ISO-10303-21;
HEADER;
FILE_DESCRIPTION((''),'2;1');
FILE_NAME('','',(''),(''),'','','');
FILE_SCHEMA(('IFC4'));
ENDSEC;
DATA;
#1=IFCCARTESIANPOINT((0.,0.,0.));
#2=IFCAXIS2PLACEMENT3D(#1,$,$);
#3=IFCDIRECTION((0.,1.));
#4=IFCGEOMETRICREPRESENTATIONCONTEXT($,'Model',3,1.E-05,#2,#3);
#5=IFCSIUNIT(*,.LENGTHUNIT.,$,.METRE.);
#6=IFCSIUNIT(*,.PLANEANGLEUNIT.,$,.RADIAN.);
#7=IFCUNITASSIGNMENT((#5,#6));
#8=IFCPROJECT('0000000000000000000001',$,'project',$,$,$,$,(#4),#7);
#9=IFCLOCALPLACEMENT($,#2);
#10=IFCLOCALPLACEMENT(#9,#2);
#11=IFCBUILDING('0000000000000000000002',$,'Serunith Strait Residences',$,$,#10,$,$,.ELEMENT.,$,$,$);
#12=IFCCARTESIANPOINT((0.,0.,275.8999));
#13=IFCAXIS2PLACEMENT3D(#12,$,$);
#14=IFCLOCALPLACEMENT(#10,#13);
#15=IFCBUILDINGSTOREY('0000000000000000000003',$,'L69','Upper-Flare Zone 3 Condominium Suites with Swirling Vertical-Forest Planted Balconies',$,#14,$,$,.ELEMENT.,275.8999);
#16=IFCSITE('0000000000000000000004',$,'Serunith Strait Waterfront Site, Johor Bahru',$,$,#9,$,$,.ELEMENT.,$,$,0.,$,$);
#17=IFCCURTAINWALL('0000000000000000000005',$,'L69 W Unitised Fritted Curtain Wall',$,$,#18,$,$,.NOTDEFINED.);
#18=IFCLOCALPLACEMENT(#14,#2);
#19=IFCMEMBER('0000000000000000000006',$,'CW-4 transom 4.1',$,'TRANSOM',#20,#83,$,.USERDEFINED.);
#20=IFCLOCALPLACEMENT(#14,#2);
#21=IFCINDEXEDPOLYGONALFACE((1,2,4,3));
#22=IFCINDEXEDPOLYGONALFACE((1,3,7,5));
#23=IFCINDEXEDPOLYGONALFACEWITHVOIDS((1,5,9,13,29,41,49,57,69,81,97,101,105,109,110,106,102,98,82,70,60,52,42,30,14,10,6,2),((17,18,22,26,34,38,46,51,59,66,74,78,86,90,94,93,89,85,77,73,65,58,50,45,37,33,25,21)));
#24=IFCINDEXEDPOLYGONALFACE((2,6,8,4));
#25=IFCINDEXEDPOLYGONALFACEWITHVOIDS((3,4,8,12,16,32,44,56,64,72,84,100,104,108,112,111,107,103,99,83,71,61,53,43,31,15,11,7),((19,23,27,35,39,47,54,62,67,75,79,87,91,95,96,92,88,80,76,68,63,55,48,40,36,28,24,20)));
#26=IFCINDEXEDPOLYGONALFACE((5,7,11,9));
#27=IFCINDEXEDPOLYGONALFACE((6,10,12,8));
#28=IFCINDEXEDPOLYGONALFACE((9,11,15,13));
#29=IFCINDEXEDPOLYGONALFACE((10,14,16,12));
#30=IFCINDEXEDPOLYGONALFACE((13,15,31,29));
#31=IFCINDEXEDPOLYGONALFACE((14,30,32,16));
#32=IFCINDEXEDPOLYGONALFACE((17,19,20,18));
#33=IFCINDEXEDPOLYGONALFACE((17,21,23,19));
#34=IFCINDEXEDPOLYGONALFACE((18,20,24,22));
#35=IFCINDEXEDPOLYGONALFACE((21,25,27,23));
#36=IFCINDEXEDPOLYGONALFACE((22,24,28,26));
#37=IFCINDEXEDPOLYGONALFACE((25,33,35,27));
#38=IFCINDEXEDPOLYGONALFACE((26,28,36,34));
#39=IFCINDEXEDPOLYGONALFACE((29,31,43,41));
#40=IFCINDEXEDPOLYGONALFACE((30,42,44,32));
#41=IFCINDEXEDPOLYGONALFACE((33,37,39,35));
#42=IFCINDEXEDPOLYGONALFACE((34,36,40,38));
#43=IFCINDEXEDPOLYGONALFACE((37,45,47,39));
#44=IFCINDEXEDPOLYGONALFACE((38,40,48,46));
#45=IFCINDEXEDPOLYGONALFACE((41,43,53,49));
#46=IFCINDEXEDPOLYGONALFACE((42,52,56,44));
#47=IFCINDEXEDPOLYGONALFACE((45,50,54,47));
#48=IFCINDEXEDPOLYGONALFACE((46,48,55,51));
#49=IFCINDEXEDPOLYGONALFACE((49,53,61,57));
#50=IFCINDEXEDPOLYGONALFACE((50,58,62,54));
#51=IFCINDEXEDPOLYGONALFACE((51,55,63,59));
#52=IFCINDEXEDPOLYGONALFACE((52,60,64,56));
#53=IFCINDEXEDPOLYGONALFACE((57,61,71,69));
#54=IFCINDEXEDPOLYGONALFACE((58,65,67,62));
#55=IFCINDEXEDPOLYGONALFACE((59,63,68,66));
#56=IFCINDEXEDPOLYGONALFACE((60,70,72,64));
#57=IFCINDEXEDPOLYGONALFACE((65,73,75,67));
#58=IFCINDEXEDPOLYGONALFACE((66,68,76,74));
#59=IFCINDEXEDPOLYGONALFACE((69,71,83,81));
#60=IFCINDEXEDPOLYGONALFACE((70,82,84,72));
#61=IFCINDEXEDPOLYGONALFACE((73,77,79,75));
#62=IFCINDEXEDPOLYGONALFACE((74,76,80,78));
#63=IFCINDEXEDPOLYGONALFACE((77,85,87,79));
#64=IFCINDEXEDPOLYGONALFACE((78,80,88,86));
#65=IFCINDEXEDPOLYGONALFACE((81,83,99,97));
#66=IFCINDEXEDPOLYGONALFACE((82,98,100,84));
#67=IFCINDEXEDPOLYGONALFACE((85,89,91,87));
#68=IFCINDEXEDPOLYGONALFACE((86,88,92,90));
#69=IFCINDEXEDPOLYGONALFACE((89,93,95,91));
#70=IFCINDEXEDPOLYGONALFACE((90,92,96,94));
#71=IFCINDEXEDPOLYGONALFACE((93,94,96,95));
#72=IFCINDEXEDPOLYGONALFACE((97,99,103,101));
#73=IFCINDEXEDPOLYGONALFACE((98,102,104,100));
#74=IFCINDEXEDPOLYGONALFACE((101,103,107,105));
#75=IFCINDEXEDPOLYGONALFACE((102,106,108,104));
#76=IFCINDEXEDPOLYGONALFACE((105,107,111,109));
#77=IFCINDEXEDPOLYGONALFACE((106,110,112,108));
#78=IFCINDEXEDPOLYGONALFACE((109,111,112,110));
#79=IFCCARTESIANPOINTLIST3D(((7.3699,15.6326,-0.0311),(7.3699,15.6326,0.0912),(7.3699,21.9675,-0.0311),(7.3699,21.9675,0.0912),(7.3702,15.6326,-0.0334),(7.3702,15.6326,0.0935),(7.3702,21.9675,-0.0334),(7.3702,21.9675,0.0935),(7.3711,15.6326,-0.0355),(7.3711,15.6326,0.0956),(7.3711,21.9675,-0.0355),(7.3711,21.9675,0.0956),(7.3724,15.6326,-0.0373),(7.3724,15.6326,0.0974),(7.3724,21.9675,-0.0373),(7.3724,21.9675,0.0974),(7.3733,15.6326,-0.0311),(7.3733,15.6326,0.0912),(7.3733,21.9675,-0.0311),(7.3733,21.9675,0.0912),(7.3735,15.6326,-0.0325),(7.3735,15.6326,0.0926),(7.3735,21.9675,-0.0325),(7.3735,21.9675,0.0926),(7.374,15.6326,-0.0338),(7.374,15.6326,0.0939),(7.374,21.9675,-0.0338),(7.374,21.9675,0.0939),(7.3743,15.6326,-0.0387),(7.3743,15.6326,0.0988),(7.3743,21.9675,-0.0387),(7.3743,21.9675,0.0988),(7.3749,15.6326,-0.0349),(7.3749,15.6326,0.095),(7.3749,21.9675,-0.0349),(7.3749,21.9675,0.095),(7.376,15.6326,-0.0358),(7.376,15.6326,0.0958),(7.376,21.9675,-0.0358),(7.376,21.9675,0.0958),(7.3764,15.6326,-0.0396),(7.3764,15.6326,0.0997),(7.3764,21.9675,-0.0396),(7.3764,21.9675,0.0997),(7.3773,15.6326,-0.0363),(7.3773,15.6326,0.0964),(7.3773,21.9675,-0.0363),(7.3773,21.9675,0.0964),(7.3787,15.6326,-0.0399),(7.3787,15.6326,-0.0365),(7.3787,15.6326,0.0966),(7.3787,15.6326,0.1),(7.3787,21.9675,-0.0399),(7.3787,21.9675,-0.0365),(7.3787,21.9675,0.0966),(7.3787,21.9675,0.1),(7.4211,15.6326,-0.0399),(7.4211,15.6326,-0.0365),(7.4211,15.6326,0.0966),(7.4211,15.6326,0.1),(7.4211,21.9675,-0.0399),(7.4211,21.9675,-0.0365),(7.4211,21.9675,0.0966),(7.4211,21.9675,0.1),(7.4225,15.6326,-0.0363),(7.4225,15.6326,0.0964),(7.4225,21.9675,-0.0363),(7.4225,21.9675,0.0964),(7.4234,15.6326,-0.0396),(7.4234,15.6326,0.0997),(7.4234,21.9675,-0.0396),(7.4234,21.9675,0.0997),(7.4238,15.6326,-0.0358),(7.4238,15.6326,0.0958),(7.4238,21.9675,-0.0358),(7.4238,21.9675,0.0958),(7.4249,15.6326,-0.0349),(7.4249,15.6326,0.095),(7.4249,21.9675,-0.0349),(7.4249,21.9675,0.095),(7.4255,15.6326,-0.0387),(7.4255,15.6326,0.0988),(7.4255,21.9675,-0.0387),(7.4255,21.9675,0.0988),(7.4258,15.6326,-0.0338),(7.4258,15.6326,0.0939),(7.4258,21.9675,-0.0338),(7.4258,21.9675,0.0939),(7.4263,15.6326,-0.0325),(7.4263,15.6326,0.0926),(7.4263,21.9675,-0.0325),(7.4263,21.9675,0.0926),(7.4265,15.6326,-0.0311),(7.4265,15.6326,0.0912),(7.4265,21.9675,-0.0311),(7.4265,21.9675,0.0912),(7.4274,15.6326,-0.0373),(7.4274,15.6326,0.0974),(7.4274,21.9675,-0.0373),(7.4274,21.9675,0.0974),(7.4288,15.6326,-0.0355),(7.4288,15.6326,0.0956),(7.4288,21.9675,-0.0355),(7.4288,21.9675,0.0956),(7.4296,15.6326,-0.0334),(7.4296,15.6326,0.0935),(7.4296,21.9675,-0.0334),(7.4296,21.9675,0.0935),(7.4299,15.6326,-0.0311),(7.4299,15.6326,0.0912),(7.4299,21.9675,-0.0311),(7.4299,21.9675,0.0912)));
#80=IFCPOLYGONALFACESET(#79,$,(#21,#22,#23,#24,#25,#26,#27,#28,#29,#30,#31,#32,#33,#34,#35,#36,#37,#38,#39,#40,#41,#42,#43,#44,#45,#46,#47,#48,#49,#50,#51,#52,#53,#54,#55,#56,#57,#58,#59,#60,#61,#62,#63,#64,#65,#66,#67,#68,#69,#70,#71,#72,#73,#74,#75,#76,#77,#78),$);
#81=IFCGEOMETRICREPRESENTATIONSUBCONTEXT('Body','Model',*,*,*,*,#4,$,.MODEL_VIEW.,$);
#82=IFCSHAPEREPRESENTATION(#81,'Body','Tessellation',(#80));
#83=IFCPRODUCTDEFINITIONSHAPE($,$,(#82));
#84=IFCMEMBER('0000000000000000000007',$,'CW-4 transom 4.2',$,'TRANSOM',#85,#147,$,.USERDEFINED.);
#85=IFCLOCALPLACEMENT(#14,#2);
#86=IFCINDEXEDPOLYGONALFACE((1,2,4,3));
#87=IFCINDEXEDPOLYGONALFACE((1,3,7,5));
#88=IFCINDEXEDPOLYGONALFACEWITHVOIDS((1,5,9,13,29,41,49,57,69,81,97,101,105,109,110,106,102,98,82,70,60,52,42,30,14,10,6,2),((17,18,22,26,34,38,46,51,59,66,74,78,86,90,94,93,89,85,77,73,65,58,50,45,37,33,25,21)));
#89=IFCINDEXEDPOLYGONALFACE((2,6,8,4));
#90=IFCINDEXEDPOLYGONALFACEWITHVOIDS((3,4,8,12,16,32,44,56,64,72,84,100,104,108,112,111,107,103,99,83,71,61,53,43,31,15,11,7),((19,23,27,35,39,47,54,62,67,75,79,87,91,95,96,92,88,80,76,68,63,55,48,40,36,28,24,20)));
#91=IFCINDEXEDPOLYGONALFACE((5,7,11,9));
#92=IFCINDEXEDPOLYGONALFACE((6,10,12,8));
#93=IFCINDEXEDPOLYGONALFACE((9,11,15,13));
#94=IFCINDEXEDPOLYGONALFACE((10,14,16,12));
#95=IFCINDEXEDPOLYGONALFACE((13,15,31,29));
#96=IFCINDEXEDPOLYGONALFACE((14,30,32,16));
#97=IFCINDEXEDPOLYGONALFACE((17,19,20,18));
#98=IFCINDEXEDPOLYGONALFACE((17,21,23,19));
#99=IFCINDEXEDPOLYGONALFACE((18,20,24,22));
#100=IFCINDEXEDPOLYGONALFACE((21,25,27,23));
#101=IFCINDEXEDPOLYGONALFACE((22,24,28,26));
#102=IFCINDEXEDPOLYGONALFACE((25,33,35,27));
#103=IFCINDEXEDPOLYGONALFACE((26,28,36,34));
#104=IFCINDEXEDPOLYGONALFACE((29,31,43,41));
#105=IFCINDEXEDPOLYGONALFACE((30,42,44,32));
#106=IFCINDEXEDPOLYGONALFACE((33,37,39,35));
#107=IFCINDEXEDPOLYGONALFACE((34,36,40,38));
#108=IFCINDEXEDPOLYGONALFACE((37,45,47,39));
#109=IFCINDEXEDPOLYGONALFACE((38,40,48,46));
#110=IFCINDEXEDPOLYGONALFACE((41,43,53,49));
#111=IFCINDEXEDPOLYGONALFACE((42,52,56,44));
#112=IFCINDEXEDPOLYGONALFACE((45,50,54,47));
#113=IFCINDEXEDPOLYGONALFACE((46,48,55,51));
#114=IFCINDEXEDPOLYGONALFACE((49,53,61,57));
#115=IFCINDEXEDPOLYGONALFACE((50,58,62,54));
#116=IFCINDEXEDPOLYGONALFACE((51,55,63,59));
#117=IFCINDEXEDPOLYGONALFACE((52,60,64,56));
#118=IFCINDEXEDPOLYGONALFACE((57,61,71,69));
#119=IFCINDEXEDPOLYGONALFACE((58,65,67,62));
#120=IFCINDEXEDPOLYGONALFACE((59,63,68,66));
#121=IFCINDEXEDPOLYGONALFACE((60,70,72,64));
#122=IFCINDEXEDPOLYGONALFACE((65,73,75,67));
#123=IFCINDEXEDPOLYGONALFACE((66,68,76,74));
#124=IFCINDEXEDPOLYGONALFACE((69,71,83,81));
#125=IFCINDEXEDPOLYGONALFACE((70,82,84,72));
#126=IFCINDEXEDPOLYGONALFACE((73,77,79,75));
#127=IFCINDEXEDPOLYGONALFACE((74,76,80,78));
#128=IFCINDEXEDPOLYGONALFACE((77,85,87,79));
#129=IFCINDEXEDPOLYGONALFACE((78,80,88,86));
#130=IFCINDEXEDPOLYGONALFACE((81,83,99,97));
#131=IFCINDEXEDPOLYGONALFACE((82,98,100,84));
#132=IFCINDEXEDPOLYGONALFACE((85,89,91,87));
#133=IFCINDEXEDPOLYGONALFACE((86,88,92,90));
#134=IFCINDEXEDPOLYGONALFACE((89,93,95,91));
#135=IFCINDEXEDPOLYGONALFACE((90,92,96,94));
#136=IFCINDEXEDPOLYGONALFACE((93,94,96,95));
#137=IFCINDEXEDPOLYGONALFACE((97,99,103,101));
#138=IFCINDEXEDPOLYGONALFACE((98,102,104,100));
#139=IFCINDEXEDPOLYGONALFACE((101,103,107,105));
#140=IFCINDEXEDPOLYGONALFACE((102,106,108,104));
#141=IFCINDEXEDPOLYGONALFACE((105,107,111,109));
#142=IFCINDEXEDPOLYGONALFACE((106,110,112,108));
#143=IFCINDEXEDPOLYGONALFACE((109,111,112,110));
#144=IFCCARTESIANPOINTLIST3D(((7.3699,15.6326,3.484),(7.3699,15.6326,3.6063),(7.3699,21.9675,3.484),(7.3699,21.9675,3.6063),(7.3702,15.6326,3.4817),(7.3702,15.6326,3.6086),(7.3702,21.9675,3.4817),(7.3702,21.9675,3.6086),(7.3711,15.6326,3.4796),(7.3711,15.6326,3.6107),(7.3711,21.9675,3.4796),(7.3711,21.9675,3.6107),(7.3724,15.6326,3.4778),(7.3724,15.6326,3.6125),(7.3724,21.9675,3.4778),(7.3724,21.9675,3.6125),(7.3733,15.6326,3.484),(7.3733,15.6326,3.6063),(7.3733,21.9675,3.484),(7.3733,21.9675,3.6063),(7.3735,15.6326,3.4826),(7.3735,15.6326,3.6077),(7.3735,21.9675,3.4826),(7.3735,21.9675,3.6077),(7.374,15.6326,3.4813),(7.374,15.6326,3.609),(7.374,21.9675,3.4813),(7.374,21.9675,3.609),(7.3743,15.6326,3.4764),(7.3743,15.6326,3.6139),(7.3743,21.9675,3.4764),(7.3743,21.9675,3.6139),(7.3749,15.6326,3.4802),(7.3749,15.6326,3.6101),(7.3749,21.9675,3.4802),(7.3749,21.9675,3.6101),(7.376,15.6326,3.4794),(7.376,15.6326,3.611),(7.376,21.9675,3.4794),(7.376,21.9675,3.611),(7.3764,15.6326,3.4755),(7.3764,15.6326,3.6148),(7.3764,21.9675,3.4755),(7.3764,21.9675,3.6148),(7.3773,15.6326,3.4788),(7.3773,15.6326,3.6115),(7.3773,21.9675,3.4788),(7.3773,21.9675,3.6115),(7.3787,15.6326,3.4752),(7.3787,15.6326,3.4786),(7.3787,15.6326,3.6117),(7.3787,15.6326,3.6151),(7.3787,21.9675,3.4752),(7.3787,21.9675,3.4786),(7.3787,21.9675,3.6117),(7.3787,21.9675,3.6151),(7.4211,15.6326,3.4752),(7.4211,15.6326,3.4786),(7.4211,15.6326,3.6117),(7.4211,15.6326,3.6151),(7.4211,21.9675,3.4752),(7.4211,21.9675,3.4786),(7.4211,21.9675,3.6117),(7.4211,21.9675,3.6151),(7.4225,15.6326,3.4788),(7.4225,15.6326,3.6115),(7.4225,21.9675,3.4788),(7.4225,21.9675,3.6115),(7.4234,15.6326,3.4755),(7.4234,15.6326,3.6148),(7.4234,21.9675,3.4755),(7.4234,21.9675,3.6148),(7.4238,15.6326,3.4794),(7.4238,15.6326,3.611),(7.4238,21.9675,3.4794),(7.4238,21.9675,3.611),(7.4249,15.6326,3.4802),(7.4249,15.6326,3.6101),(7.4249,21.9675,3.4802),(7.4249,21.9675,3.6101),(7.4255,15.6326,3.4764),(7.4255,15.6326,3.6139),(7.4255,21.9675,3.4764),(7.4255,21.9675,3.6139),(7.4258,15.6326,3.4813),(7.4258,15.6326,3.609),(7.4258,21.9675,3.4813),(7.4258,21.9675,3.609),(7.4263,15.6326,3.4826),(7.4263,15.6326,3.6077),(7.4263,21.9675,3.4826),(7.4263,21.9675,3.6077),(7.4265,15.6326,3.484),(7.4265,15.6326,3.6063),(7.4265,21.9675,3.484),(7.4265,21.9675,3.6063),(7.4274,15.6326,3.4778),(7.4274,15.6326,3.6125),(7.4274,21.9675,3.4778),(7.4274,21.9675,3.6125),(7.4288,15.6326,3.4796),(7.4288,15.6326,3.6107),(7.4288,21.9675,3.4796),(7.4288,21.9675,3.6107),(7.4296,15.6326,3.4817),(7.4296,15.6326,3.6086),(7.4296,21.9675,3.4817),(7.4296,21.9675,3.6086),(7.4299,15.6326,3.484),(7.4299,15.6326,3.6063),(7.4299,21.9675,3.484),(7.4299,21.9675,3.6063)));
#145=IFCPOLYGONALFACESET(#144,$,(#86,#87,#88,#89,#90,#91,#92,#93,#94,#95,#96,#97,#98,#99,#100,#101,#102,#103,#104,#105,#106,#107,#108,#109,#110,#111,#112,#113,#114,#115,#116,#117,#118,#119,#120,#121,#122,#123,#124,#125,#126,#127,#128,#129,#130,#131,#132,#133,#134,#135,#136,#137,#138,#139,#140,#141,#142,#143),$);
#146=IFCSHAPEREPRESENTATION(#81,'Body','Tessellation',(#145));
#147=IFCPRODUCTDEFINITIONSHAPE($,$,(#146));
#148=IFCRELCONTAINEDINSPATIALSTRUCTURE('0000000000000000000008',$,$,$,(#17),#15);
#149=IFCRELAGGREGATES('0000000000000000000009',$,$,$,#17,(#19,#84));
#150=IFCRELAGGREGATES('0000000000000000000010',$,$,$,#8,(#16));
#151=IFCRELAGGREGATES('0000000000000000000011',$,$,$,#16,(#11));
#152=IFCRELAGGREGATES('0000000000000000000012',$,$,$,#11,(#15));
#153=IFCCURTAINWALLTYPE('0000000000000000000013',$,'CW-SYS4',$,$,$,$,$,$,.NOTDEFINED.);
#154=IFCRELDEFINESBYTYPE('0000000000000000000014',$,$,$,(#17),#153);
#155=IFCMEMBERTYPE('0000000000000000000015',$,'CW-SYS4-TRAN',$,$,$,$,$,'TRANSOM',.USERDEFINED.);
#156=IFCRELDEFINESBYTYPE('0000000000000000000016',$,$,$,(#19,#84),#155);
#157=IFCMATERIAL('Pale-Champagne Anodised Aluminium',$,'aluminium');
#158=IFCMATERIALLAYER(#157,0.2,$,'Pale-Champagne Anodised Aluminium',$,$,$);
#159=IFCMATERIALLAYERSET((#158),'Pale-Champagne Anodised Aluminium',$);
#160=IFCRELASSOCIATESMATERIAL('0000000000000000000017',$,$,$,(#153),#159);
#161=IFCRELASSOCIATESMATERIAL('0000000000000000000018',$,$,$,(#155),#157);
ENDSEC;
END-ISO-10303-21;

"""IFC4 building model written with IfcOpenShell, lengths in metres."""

from ifc_helpers import new_model, si_unit, direction, frame, origin, origin_2d, place, context, subcontext, project, spatial, hollow_rectangle, extrude, source, transform, mapped, material, layer, layer_set, material_profile, profile_set, type_object, element, aggregate, save


model = new_model("IFC4")

# Units and contexts
model_context = context("Model", 3, precision=1e-05, world=origin(), true_north=direction((0.0, 1.0)))
body_context = subcontext(model_context, "Body", "Model", "MODEL_VIEW")
ifc_project = project(units=[si_unit("LENGTHUNIT", "METRE"), si_unit("PLANEANGLEUNIT", "RADIAN")], contexts=[model_context])

# Site, building, storey
site_placement = place(None, origin())
site = spatial("IfcSite", under=ifc_project, at=site_placement, Name="Serunith Strait Waterfront Site, Johor Bahru", CompositionType="ELEMENT", RefElevation=0.0)
building_placement = place(site_placement, origin())
building = spatial("IfcBuilding", under=site, at=building_placement, Name="Serunith Strait Residences", CompositionType="ELEMENT")
storey_placement = place(building_placement, frame((0.0, 0.0, 275.8999)))
storey = spatial("IfcBuildingStorey", under=building, at=storey_placement, Name="L69", Description="Upper-Flare Zone 3 Condominium Suites with Swirling Vertical-Forest Planted Balconies", CompositionType="ELEMENT", Elevation=275.8999)

# Curtain wall, members
ifc_material_1 = material(Name="Pale-Champagne Anodised Aluminium", Category="aluminium")
ifc_layer_1 = layer(ifc_material_1, 0.2, Name="Pale-Champagne Anodised Aluminium")
ifc_layer_set_1 = layer_set([ifc_layer_1], Name="Pale-Champagne Anodised Aluminium")
curtain_wall_type = type_object("IfcCurtainWallType", Name="CW-SYS4", PredefinedType="NOTDEFINED", material=ifc_layer_set_1)
curtain_wall_placement = place(storey_placement, origin())
curtain_wall = element("IfcCurtainWall", 1, at=curtain_wall_placement, inside=storey, type_object=curtain_wall_type, Name="L69 W Unitised Fritted Curtain Wall", PredefinedType="NOTDEFINED")
ifc_material_profile_1 = material_profile(ifc_material_1, hollow_rectangle(XDim=0.0601, YDim=0.1399, WallThickness=0.0034, InnerFilletRadius=0.0054, OuterFilletRadius=0.0088, at=origin_2d()), Name="ALU 140x60x3.5")
ifc_profile_set_1 = profile_set([ifc_material_profile_1], Name="Pale-Champagne Anodised Aluminium")
member_type_1 = type_object("IfcMemberType", Name="CW-SYS4-TRAN", ElementType="TRANSOM", PredefinedType="USERDEFINED", material=ifc_profile_set_1)
shared_shape_1 = source(origin(), body_context, "Body", "SweptSolid", [
    extrude(hollow_rectangle(XDim=0.0601, YDim=0.1399, WallThickness=0.0034, InnerFilletRadius=0.0054, OuterFilletRadius=0.0088, at=origin_2d()), origin(), (0.0, 0.0, 1.0), 6.335),
])
member_1_placement = place(storey_placement, frame((7.3999, 21.9675, 0.03), z_axis=(0.0, -1.0, 0.0), x_axis=(1.0, 0.0, 0.0)))
member_1 = element("IfcMember", 2, at=member_1_placement, type_object=member_type_1, Name="CW-4 transom 4.1", ObjectType="TRANSOM", PredefinedType="USERDEFINED", context=body_context, shape_type="MappedRepresentation", body=[
    mapped(shared_shape_1, transform((0.0, 0.0, 0.0), scale=1.0)),
])
member_2_placement = place(storey_placement, frame((7.3999, 21.9675, 3.5452), z_axis=(0.0, -1.0, 0.0), x_axis=(1.0, 0.0, 0.0)))
member_2 = element("IfcMember", 3, at=member_2_placement, type_object=member_type_1, Name="CW-4 transom 4.2", ObjectType="TRANSOM", PredefinedType="USERDEFINED", context=body_context, shape_type="MappedRepresentation", body=[
    mapped(shared_shape_1, transform((0.0, 0.0, 0.0), scale=1.0)),
])
aggregate(curtain_wall, [member_1, member_2])

save(model, "model.ifc")
